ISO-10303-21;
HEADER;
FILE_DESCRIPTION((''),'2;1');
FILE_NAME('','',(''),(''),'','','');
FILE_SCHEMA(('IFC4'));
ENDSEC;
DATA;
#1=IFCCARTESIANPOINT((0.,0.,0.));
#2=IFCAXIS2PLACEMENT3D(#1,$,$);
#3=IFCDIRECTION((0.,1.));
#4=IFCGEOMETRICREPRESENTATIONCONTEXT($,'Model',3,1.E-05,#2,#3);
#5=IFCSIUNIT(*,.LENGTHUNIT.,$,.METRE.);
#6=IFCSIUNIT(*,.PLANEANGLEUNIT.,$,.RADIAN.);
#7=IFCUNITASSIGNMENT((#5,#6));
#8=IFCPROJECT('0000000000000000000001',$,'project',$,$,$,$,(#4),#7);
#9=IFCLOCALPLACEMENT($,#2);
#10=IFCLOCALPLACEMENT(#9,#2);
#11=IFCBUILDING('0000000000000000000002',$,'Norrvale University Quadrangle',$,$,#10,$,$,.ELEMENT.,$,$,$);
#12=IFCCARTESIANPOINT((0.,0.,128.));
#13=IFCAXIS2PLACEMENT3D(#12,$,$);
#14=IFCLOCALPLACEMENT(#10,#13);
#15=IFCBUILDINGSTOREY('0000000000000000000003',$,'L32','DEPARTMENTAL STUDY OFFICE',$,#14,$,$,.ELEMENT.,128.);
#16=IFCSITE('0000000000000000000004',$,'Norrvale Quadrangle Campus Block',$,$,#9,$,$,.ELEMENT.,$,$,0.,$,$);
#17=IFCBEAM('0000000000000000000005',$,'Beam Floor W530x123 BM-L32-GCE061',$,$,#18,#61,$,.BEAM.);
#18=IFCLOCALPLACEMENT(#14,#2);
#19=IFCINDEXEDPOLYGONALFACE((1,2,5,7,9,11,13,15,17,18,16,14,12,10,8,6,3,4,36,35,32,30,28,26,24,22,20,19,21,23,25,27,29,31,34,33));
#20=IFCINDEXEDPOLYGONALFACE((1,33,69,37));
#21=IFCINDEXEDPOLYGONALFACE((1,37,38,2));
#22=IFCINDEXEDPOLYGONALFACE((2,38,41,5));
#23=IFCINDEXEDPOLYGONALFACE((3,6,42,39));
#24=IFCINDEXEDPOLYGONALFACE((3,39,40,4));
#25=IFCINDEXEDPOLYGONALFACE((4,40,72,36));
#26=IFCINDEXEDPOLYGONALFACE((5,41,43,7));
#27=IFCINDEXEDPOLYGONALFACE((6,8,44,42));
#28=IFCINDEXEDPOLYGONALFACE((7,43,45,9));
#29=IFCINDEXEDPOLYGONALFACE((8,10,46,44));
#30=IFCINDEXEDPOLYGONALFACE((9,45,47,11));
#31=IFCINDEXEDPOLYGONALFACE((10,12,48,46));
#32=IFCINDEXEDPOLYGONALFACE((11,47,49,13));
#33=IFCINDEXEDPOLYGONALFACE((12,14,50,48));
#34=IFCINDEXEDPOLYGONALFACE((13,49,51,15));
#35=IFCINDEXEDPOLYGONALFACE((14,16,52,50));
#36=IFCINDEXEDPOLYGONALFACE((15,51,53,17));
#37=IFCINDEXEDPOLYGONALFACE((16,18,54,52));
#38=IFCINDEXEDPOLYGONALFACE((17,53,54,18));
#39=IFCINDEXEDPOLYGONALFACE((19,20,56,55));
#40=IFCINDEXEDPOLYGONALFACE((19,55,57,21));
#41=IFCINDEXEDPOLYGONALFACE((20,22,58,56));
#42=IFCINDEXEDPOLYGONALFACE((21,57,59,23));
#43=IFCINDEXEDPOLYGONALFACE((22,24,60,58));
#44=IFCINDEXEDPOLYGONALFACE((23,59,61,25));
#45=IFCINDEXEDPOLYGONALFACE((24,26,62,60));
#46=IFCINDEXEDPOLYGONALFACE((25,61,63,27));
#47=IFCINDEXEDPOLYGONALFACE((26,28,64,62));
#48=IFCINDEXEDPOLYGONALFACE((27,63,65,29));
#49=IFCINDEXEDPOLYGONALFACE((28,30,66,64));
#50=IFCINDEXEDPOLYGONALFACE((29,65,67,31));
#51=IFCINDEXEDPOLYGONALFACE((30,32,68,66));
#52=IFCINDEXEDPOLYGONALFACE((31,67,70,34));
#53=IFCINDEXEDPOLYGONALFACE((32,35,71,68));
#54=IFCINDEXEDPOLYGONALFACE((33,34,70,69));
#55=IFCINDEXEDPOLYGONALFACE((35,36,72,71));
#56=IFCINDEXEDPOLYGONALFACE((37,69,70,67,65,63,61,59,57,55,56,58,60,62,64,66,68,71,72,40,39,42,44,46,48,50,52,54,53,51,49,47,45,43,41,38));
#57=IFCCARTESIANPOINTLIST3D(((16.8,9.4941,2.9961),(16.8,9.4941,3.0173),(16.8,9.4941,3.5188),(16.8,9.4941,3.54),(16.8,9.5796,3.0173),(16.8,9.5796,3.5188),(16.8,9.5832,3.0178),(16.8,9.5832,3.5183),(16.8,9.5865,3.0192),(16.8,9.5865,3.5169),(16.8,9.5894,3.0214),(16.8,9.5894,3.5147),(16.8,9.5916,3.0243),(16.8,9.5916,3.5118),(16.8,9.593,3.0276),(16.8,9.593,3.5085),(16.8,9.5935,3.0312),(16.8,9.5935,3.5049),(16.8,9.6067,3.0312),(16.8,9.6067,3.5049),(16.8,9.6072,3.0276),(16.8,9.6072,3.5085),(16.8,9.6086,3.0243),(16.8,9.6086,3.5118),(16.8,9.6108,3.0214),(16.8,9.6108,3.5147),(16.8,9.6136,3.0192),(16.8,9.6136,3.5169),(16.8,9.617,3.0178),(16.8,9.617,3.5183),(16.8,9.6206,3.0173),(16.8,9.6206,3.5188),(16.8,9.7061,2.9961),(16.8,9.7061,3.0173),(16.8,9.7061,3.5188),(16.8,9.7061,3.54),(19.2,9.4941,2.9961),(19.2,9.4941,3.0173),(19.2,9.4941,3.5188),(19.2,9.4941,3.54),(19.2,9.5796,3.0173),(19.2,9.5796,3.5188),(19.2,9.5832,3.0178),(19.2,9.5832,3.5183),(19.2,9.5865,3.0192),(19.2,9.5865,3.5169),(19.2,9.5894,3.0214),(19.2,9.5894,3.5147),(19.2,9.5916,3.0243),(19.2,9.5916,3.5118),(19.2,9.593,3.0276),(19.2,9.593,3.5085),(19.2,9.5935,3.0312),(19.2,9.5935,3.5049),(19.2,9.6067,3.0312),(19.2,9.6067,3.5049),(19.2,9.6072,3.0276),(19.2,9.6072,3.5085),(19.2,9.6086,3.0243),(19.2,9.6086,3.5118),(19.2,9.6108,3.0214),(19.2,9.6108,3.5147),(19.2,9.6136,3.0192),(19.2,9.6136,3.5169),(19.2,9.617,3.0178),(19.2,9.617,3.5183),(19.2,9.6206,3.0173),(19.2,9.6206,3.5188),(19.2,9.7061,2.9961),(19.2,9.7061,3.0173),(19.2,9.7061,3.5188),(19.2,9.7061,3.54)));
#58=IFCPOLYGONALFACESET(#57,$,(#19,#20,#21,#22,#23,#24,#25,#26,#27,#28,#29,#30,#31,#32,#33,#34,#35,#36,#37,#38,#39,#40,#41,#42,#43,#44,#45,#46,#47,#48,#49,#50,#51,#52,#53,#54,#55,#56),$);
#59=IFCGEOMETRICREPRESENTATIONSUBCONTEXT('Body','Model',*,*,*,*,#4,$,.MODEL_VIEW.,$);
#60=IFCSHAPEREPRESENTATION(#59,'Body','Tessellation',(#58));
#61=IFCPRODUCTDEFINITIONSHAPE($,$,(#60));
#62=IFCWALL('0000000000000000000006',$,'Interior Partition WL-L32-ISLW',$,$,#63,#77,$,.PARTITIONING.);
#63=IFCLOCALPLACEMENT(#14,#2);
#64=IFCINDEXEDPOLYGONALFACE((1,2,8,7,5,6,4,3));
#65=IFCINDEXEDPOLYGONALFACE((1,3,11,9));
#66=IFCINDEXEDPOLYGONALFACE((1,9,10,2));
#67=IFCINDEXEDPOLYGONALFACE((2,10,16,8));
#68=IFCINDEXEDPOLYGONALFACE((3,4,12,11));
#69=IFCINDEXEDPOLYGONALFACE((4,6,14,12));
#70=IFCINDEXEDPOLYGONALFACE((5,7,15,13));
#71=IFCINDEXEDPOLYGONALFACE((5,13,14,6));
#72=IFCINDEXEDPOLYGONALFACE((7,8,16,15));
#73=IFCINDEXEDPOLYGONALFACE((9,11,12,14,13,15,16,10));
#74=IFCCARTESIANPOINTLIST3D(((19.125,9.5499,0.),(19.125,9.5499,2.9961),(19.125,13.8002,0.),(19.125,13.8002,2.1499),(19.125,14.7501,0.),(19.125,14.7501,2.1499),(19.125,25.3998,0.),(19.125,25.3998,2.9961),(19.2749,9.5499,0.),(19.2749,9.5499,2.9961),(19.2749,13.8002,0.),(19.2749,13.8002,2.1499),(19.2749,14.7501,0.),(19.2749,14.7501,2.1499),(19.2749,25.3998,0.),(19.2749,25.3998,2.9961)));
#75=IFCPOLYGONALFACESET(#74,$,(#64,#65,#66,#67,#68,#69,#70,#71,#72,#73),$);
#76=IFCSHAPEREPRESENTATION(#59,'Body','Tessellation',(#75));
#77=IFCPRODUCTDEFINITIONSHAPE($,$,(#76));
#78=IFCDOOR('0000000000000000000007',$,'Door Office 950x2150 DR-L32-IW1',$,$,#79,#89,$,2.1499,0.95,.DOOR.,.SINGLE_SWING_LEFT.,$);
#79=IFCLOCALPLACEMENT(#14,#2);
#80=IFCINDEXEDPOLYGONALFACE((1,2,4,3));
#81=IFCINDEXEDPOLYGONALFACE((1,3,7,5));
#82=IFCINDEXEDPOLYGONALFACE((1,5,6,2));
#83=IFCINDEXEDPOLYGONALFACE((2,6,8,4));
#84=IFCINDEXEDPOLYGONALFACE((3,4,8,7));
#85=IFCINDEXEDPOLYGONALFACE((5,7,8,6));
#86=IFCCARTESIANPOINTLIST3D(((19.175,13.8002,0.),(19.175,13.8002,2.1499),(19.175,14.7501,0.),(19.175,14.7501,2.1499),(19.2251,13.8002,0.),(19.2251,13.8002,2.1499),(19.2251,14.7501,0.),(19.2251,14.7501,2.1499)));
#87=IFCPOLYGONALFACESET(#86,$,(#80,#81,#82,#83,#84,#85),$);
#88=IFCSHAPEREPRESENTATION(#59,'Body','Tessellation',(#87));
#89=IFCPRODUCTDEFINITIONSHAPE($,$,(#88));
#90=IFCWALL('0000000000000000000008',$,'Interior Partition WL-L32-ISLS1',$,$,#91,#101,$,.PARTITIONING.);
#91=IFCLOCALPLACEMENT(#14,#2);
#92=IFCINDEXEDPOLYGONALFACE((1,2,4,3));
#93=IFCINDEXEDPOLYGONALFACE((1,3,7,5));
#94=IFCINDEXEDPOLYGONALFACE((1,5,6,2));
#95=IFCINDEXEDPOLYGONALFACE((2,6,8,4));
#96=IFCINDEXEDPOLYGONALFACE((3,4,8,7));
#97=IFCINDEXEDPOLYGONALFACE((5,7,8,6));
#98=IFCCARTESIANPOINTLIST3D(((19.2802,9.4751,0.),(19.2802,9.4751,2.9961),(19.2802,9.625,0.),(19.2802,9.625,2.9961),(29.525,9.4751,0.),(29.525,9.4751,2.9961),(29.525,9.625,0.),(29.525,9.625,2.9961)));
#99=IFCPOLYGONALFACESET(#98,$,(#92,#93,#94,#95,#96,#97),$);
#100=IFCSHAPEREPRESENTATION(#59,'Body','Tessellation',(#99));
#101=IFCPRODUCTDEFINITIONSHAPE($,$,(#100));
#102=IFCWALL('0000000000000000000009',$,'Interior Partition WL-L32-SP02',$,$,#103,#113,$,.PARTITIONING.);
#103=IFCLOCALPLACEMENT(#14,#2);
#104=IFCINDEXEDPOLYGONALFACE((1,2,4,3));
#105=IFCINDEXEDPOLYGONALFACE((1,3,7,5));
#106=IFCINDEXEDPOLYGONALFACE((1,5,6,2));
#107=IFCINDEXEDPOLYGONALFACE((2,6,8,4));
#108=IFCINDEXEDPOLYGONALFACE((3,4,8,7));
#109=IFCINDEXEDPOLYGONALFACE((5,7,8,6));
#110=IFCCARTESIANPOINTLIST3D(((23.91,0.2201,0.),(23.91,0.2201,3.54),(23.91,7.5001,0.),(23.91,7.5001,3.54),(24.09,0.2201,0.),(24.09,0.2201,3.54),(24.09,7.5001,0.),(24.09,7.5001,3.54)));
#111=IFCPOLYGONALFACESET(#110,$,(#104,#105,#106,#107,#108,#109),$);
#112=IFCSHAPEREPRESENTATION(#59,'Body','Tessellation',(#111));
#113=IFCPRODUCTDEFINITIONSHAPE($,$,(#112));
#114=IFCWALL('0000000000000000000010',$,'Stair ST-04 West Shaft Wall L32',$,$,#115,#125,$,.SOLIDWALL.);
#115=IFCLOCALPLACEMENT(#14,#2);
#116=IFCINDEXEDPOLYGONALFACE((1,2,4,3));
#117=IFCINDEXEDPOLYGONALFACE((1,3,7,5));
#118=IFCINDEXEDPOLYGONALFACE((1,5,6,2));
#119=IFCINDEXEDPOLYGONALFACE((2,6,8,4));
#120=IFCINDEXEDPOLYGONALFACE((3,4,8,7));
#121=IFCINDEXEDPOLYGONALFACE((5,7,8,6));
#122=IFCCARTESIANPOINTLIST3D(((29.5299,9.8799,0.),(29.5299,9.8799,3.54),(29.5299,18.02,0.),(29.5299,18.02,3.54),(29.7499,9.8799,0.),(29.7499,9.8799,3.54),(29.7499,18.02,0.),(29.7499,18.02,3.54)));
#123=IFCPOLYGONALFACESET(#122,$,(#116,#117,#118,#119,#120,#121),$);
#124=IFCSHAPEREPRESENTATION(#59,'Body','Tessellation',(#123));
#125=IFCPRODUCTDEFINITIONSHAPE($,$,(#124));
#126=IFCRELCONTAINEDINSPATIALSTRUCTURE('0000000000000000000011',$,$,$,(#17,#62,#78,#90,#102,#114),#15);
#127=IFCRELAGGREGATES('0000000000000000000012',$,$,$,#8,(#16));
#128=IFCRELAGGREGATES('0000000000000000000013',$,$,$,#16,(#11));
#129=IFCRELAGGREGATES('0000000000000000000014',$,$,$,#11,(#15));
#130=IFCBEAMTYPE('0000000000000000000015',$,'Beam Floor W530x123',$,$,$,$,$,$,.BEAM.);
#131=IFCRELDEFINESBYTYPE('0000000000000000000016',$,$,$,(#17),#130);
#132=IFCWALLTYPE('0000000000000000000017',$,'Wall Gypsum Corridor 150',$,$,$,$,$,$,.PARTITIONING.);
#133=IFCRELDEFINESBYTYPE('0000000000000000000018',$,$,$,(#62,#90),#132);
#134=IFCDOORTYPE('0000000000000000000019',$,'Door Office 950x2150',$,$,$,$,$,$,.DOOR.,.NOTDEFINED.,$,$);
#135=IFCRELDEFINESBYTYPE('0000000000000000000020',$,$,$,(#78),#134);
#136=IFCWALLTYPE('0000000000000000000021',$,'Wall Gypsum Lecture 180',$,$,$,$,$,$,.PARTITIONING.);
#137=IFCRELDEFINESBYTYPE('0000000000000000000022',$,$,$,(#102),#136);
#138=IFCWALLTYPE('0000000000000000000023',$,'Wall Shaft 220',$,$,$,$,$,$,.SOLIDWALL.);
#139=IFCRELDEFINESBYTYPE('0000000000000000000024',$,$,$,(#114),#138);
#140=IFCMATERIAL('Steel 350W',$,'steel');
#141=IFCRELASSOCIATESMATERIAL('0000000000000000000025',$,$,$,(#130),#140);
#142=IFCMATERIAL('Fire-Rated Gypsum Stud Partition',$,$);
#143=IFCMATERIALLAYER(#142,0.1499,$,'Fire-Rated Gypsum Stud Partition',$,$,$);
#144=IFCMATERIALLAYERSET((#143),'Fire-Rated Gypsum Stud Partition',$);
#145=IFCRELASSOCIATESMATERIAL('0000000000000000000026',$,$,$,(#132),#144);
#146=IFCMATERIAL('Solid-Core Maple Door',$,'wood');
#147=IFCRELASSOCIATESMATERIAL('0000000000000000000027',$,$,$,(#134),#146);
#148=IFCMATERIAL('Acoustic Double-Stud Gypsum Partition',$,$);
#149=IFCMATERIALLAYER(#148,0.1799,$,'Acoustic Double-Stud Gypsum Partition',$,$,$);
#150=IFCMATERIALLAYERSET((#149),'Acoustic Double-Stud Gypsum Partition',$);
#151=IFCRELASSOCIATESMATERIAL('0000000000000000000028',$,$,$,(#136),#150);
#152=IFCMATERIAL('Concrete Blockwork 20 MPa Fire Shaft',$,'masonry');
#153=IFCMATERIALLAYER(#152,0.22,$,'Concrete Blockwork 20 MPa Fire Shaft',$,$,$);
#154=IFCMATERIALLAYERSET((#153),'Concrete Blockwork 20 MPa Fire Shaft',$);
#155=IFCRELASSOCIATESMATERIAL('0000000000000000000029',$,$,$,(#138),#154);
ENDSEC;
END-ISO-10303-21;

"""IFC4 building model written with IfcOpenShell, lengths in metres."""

from ifc_helpers import new_model, si_unit, direction, frame, frame_2d, origin, origin_2d, place, context, subcontext, project, spatial, rectangle, i_section, extrude, material, layer, layer_set, material_profile, profile_set, type_object, element, fill, save


model = new_model("IFC4")

# Units and contexts
model_context = context("Model", 3, precision=1e-05, world=origin(), true_north=direction((0.0, 1.0)))
body_context = subcontext(model_context, "Body", "Model", "MODEL_VIEW")
ifc_project = project(units=[si_unit("LENGTHUNIT", "METRE"), si_unit("PLANEANGLEUNIT", "RADIAN")], contexts=[model_context])

# Site, building, storey
site_placement = place(None, origin())
site = spatial("IfcSite", under=ifc_project, at=site_placement, Name="Norrvale Quadrangle Campus Block", CompositionType="ELEMENT", RefElevation=0.0)
building_placement = place(site_placement, origin())
building = spatial("IfcBuilding", under=site, at=building_placement, Name="Norrvale University Quadrangle", CompositionType="ELEMENT")
storey_placement = place(building_placement, frame((0.0, 0.0, 128.0)))
storey = spatial("IfcBuildingStorey", under=building, at=storey_placement, Name="L32", Description="DEPARTMENTAL STUDY OFFICE", CompositionType="ELEMENT", Elevation=128.0)

# Beam
ifc_material_1 = material(Name="Steel 350W", Category="steel")
ifc_material_profile_1 = material_profile(ifc_material_1, i_section(OverallWidth=0.2119, OverallDepth=0.5439, WebThickness=0.0132, FlangeThickness=0.0212, FilletRadius=0.0139, at=origin_2d()), Name="Steel 350W")
ifc_profile_set_1 = profile_set([ifc_material_profile_1], Name="Steel 350W")
beam_type_1 = type_object("IfcBeamType", Name="Beam Floor W530x123", PredefinedType="BEAM", material=ifc_profile_set_1)
beam_1_placement = place(storey_placement, frame((16.8, 9.6001, 3.2681), z_axis=(1.0, 0.0, 0.0), x_axis=(0.0, 1.0, 0.0)))
element("IfcBeam", 1, at=beam_1_placement, inside=storey, type_object=beam_type_1, Name="Beam Floor W530x123 BM-L32-GCE061", PredefinedType="BEAM", context=body_context, shape_type="SweptSolid", body=[
    extrude(i_section(OverallWidth=0.2119, OverallDepth=0.5439, WebThickness=0.0132, FlangeThickness=0.0212, FilletRadius=0.0139, at=origin_2d()), origin(), (0.0, 0.0, 1.0), 2.3999),
])

# Wall, opening, door
ifc_material_2 = material(Name="Fire-Rated Gypsum Stud Partition")
ifc_layer_1 = layer(ifc_material_2, 0.1499, Name="Fire-Rated Gypsum Stud Partition")
ifc_layer_set_1 = layer_set([ifc_layer_1], Name="Fire-Rated Gypsum Stud Partition")
wall_type_1 = type_object("IfcWallType", Name="Wall Gypsum Corridor 150", PredefinedType="PARTITIONING", material=ifc_layer_set_1)
wall_1_placement = place(storey_placement, frame((19.2, 9.55, 0.0), z_axis=(0.0, 0.0, 1.0), x_axis=(0.0, 1.0, 0.0)))
wall_1 = element("IfcWall", 2, at=wall_1_placement, inside=storey, type_object=wall_type_1, Name="Interior Partition WL-L32-ISLW", PredefinedType="PARTITIONING", context=body_context, shape_type="SweptSolid", body=[
    extrude(rectangle(XDim=15.8499, YDim=0.1499, at=frame_2d((7.9248, 0.0))), origin(), (0.0, 0.0, 1.0), 2.9961),
])
opening_placement = place(wall_1_placement, frame((4.25, 0.0, 0.0)))
opening = element("IfcOpeningElement", 3, at=opening_placement, cuts=wall_1, PredefinedType="OPENING", context=body_context, shape_type="SweptSolid", body=[
    extrude(rectangle(XDim=0.95, YDim=2.1499, at=frame_2d((0.4751, 1.075))), frame((0.0, 0.0869, 0.0), z_axis=(0.0, -1.0, 0.0), x_axis=(1.0, 0.0, 0.0)), (0.0, 0.0, 1.0), 0.1738),
])
ifc_material_3 = material(Name="Solid-Core Maple Door", Category="wood")
door_type = type_object("IfcDoorType", Name="Door Office 950x2150", OperationType="NOTDEFINED", PredefinedType="DOOR", material=ifc_material_3)
door_placement = place(opening_placement, origin())
door = element("IfcDoor", 4, at=door_placement, inside=storey, type_object=door_type, Name="Door Office 950x2150 DR-L32-IW1", OperationType="SINGLE_SWING_LEFT", OverallHeight=2.1499, OverallWidth=0.95, PredefinedType="DOOR", context=body_context, shape_type="SweptSolid", body=[
    extrude(rectangle(XDim=0.95, YDim=2.1499, at=frame_2d((0.4751, 1.075))), frame((0.0, 0.0249, 0.0), z_axis=(0.0, -1.0, 0.0), x_axis=(1.0, 0.0, 0.0)), (0.0, 0.0, 1.0), 0.05),
])
fill(opening, door)

# Walls
wall_2_placement = place(storey_placement, frame((19.28, 9.55, 0.0), z_axis=(0.0, 0.0, 1.0), x_axis=(1.0, 0.0, 0.0)))
element("IfcWall", 5, at=wall_2_placement, inside=storey, type_object=wall_type_1, Name="Interior Partition WL-L32-ISLS1", PredefinedType="PARTITIONING", context=body_context, shape_type="SweptSolid", body=[
    extrude(rectangle(XDim=10.2449, YDim=0.1499, at=frame_2d((5.1226, 0.0))), origin(), (0.0, 0.0, 1.0), 2.9961),
])
ifc_material_4 = material(Name="Acoustic Double-Stud Gypsum Partition")
ifc_layer_2 = layer(ifc_material_4, 0.1799, Name="Acoustic Double-Stud Gypsum Partition")
ifc_layer_set_2 = layer_set([ifc_layer_2], Name="Acoustic Double-Stud Gypsum Partition")
wall_type_2 = type_object("IfcWallType", Name="Wall Gypsum Lecture 180", PredefinedType="PARTITIONING", material=ifc_layer_set_2)
wall_3_placement = place(storey_placement, frame((24.0, 0.22, 0.0), z_axis=(0.0, 0.0, 1.0), x_axis=(0.0, 1.0, 0.0)))
element("IfcWall", 6, at=wall_3_placement, inside=storey, type_object=wall_type_2, Name="Interior Partition WL-L32-SP02", PredefinedType="PARTITIONING", context=body_context, shape_type="SweptSolid", body=[
    extrude(rectangle(XDim=7.28, YDim=0.1799, at=frame_2d((3.6401, 0.0))), origin(), (0.0, 0.0, 1.0), 3.54),
])
ifc_material_5 = material(Name="Concrete Blockwork 20 MPa Fire Shaft", Category="masonry")
ifc_layer_3 = layer(ifc_material_5, 0.22, Name="Concrete Blockwork 20 MPa Fire Shaft")
ifc_layer_set_3 = layer_set([ifc_layer_3], Name="Concrete Blockwork 20 MPa Fire Shaft")
wall_type_3 = type_object("IfcWallType", Name="Wall Shaft 220", PredefinedType="SOLIDWALL", material=ifc_layer_set_3)
wall_4_placement = place(storey_placement, frame((29.6399, 9.8799, 0.0), z_axis=(0.0, 0.0, 1.0), x_axis=(0.0, 1.0, 0.0)))
element("IfcWall", 7, at=wall_4_placement, inside=storey, type_object=wall_type_3, Name="Stair ST-04 West Shaft Wall L32", PredefinedType="SOLIDWALL", context=body_context, shape_type="SweptSolid", body=[
    extrude(rectangle(XDim=8.1401, YDim=0.22, at=frame_2d((4.0701, 0.0))), origin(), (0.0, 0.0, 1.0), 3.54),
])

save(model, "model.ifc")
